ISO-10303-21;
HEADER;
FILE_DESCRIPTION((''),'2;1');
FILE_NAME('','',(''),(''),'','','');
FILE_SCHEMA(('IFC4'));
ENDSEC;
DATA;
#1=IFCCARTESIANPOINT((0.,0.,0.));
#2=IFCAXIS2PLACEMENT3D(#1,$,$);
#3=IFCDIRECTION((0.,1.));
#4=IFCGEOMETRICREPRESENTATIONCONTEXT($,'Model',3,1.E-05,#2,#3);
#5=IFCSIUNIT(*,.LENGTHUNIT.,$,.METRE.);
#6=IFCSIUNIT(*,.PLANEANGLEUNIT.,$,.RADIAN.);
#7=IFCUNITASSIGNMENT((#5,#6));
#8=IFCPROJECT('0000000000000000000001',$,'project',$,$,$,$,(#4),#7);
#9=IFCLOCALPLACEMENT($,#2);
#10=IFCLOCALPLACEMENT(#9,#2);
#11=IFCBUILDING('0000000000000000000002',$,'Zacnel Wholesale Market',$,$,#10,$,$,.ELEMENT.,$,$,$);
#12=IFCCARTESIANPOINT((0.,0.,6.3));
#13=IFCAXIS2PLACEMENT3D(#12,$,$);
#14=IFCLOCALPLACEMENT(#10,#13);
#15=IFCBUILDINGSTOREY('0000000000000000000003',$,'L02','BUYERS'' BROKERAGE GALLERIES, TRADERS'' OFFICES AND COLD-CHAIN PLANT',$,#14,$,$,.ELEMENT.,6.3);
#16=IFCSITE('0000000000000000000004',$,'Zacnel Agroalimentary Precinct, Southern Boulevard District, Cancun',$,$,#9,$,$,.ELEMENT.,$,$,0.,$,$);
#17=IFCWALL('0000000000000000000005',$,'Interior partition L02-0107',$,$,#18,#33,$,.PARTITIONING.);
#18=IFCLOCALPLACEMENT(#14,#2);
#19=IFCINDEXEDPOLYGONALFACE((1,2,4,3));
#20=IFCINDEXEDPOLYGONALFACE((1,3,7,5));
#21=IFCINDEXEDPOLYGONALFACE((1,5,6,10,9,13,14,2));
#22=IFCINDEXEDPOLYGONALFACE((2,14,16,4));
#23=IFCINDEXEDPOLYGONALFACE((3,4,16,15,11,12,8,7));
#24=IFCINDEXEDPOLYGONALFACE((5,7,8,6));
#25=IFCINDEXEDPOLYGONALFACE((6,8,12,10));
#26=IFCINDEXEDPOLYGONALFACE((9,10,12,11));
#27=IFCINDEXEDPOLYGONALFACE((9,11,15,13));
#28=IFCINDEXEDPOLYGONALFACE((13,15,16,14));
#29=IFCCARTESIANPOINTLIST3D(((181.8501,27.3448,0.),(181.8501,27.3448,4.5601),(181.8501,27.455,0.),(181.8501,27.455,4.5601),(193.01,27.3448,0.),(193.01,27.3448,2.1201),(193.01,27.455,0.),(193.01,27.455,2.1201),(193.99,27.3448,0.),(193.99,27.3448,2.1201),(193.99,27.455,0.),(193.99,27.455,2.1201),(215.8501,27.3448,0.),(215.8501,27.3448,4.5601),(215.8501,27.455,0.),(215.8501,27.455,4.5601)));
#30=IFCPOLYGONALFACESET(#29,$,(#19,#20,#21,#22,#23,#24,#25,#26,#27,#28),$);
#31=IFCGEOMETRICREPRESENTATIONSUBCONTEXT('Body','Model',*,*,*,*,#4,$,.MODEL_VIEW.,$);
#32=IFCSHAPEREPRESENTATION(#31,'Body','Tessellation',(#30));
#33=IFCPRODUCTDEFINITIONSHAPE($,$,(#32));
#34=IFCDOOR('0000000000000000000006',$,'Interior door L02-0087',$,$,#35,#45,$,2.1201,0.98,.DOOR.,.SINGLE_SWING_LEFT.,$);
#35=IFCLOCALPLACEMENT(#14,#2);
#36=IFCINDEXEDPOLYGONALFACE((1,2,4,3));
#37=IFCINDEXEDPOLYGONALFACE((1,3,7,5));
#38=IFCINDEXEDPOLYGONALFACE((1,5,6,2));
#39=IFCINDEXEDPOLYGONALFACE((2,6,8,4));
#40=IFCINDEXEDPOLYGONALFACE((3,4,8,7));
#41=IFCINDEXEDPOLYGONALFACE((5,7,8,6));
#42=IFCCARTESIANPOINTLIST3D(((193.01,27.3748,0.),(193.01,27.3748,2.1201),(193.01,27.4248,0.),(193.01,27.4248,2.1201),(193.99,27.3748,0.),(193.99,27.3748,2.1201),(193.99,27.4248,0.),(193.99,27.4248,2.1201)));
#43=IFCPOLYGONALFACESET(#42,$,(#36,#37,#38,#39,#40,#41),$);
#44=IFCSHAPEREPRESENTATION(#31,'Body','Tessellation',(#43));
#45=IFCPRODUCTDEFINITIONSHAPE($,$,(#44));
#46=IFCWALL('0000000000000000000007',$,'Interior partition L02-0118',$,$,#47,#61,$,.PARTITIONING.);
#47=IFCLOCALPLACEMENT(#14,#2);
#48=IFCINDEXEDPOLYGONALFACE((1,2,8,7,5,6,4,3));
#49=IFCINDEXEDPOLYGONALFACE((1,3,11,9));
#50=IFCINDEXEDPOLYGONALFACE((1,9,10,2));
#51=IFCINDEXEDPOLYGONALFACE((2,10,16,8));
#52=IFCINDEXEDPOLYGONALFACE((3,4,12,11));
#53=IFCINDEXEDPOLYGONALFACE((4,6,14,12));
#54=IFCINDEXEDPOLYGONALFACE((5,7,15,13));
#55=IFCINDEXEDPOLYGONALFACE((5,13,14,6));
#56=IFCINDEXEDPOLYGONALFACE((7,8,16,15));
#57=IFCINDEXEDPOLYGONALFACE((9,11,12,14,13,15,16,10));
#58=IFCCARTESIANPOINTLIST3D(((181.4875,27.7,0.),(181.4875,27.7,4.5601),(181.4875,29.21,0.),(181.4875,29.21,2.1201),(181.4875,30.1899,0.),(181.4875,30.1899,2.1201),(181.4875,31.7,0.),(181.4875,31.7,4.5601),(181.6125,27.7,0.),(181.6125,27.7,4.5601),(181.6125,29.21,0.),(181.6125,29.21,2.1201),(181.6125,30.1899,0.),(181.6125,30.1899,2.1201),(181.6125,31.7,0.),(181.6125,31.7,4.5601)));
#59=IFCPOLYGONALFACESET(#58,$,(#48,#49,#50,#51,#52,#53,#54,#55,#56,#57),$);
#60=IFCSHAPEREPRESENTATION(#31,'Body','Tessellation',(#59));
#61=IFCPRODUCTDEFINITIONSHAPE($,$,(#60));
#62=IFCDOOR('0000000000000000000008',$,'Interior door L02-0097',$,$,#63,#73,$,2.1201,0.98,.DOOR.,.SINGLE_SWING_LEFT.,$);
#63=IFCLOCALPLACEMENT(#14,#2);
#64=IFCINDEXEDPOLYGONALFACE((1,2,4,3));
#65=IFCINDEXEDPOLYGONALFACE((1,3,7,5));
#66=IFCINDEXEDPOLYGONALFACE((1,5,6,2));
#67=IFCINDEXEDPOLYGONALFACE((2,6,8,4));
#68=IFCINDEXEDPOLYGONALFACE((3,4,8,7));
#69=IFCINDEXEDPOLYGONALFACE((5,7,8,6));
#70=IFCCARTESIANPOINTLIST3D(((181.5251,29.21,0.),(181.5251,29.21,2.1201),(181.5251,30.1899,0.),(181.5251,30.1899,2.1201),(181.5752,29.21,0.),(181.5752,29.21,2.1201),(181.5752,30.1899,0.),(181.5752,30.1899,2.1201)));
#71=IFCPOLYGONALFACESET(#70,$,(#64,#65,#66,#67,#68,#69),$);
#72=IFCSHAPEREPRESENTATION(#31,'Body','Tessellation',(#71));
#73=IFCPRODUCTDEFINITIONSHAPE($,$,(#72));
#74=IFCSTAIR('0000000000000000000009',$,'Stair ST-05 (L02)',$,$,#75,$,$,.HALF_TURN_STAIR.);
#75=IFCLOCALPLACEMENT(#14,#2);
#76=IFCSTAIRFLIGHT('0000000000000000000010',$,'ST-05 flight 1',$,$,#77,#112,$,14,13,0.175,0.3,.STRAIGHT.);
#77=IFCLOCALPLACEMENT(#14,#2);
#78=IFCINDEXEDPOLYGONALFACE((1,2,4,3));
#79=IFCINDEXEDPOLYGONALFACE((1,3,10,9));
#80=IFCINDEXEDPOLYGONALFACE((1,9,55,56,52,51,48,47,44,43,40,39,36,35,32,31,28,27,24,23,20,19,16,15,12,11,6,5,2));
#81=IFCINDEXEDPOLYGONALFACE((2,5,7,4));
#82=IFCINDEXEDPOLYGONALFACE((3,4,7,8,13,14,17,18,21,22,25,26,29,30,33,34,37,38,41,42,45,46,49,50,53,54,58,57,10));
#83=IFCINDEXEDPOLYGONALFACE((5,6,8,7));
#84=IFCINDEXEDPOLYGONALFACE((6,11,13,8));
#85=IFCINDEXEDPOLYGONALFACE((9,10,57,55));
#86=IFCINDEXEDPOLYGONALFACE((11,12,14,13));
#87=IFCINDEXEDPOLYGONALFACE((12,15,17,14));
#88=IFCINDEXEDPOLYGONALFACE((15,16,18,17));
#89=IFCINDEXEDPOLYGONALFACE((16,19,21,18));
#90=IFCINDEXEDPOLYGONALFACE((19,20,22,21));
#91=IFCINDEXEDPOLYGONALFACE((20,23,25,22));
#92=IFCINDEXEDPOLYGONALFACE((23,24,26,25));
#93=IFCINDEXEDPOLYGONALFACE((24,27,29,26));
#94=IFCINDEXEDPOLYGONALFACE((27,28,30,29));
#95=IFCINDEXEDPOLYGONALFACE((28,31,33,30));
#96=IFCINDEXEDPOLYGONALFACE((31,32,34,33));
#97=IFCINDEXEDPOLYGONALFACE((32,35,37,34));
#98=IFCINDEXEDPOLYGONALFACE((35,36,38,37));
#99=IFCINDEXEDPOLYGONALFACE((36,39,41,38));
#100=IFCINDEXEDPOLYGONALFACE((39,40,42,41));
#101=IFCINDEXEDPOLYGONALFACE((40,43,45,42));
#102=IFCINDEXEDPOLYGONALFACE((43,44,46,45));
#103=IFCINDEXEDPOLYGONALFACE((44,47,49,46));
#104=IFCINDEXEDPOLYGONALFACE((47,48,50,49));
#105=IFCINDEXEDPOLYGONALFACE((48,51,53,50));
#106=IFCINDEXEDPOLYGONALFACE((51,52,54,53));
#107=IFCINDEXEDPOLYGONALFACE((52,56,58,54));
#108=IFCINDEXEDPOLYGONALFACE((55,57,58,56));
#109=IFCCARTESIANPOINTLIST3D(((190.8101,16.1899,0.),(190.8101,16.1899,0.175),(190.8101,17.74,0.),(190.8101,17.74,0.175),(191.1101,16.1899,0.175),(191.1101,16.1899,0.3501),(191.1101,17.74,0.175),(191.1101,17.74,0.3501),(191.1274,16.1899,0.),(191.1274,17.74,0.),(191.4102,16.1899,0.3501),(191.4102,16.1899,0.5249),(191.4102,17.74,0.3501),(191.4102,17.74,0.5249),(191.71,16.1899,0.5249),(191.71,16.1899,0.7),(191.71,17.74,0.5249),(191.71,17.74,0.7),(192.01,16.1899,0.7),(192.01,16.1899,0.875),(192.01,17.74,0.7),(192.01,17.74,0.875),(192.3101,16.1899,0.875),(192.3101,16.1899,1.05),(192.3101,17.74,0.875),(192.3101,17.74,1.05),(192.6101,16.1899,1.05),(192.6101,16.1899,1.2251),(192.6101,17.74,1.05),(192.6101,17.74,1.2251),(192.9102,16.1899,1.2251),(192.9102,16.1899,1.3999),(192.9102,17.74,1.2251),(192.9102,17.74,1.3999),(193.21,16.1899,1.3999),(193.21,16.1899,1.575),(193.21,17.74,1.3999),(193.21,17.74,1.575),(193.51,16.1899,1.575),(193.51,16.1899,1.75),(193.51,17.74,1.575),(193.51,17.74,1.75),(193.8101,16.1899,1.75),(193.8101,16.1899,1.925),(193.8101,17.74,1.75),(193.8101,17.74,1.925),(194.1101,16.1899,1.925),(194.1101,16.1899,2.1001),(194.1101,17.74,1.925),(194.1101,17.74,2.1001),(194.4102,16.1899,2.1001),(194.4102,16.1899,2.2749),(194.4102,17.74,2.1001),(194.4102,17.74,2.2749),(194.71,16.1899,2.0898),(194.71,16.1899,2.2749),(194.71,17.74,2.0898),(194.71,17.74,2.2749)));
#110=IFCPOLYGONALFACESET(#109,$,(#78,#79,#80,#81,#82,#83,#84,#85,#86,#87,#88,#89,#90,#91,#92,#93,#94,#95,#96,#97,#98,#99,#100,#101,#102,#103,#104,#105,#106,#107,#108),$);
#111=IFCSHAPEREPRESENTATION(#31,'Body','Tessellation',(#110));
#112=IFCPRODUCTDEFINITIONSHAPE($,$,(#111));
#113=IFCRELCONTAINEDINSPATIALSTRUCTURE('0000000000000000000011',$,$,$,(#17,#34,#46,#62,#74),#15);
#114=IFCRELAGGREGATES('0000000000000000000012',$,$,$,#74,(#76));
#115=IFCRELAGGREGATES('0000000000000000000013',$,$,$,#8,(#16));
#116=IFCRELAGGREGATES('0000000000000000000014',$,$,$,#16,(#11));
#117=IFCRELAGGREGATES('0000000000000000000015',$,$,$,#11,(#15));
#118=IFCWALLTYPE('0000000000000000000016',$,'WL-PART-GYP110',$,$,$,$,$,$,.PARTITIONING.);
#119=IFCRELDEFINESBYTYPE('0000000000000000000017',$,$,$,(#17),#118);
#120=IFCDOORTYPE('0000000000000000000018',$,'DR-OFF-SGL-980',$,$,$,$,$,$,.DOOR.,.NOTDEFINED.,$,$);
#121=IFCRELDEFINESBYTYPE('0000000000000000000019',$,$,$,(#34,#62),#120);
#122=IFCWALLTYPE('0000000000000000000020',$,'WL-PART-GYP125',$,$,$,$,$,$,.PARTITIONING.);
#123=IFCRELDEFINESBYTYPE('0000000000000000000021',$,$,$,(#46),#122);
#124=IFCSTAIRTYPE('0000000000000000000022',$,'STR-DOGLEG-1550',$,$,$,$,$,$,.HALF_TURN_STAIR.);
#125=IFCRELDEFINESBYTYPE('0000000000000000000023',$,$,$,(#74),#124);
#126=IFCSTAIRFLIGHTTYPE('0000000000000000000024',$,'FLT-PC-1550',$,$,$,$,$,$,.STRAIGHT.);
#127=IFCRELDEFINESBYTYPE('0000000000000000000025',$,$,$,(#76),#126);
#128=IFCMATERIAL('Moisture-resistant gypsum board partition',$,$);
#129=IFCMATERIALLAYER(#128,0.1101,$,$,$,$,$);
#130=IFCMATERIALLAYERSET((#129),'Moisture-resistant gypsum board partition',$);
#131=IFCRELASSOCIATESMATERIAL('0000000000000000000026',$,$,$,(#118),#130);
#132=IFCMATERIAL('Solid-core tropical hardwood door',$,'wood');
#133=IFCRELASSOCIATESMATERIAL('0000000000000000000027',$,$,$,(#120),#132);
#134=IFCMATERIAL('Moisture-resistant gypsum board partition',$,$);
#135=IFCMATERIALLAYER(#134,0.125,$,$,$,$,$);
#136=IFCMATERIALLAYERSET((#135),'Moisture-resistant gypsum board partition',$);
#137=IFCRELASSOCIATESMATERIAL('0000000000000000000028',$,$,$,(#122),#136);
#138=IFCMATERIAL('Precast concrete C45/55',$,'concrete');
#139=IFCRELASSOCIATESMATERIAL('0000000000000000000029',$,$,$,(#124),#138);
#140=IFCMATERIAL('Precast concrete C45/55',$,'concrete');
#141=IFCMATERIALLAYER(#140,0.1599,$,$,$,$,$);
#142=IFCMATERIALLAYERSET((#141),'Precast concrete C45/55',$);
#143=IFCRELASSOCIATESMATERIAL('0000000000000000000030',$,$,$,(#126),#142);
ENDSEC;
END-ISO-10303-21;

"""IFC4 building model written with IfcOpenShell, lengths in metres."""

from ifc_helpers import new_model, si_unit, direction, frame, frame_2d, origin, place, context, subcontext, project, spatial, polyline, rectangle, outline, extrude, material, layer, layer_set, type_object, element, fill, aggregate, save


model = new_model("IFC4")

# Units and contexts
model_context = context("Model", 3, precision=1e-05, world=origin(), true_north=direction((0.0, 1.0)))
body_context = subcontext(model_context, "Body", "Model", "MODEL_VIEW")
ifc_project = project(units=[si_unit("LENGTHUNIT", "METRE"), si_unit("PLANEANGLEUNIT", "RADIAN")], contexts=[model_context])

# Site, building, storey
site_placement = place(None, origin())
site = spatial("IfcSite", under=ifc_project, at=site_placement, Name="Zacnel Agroalimentary Precinct, Southern Boulevard District, Cancun", CompositionType="ELEMENT", RefElevation=0.0)
building_placement = place(site_placement, origin())
building = spatial("IfcBuilding", under=site, at=building_placement, Name="Zacnel Wholesale Market", CompositionType="ELEMENT")
storey_placement = place(building_placement, frame((0.0, 0.0, 6.3)))
storey = spatial("IfcBuildingStorey", under=building, at=storey_placement, Name="L02", Description="BUYERS' BROKERAGE GALLERIES, TRADERS' OFFICES AND COLD-CHAIN PLANT", CompositionType="ELEMENT", Elevation=6.3)

# Walls, openings, doors
ifc_material_1 = material(Name="Moisture-resistant gypsum board partition")
ifc_layer_1 = layer(ifc_material_1, 0.1101)
ifc_layer_set_1 = layer_set([ifc_layer_1], Name="Moisture-resistant gypsum board partition")
wall_type_1 = type_object("IfcWallType", Name="WL-PART-GYP110", PredefinedType="PARTITIONING", material=ifc_layer_set_1)
wall_1_placement = place(storey_placement, frame((181.8501, 27.3999, 0.0), z_axis=(0.0, 0.0, 1.0), x_axis=(1.0, 0.0, 0.0)))
wall_1 = element("IfcWall", 1, at=wall_1_placement, inside=storey, type_object=wall_type_1, Name="Interior partition L02-0107", PredefinedType="PARTITIONING", context=body_context, shape_type="SweptSolid", body=[
    extrude(rectangle(XDim=34.0, YDim=0.1101, at=frame_2d((17.0, 0.0))), origin(), (0.0, 0.0, 1.0), 4.5601),
])
opening_1_placement = place(wall_1_placement, frame((11.1599, 0.0, 0.0)))
opening_1 = element("IfcOpeningElement", 2, at=opening_1_placement, cuts=wall_1, PredefinedType="OPENING", context=body_context, shape_type="SweptSolid", body=[
    extrude(rectangle(XDim=0.98, YDim=2.1201, at=frame_2d((0.49, 1.0601))), frame((0.0, 0.0649, 0.0), z_axis=(0.0, -1.0, 0.0), x_axis=(1.0, 0.0, 0.0)), (0.0, 0.0, 1.0), 0.1301),
])
ifc_material_2 = material(Name="Solid-core tropical hardwood door", Category="wood")
door_type_1 = type_object("IfcDoorType", Name="DR-OFF-SGL-980", OperationType="NOTDEFINED", PredefinedType="DOOR", material=ifc_material_2)
door_1_placement = place(opening_1_placement, origin())
door_1 = element("IfcDoor", 3, at=door_1_placement, inside=storey, type_object=door_type_1, Name="Interior door L02-0087", OperationType="SINGLE_SWING_LEFT", OverallHeight=2.1201, OverallWidth=0.98, PredefinedType="DOOR", context=body_context, shape_type="SweptSolid", body=[
    extrude(rectangle(XDim=0.98, YDim=2.1201, at=frame_2d((0.49, 1.0601))), frame((0.0, 0.0249, 0.0), z_axis=(0.0, -1.0, 0.0), x_axis=(1.0, 0.0, 0.0)), (0.0, 0.0, 1.0), 0.05),
])
fill(opening_1, door_1)
ifc_material_3 = material(Name="Moisture-resistant gypsum board partition")
ifc_layer_2 = layer(ifc_material_3, 0.125)
ifc_layer_set_2 = layer_set([ifc_layer_2], Name="Moisture-resistant gypsum board partition")
wall_type_2 = type_object("IfcWallType", Name="WL-PART-GYP125", PredefinedType="PARTITIONING", material=ifc_layer_set_2)
wall_2_placement = place(storey_placement, frame((181.55, 27.7, 0.0), z_axis=(0.0, 0.0, 1.0), x_axis=(0.0, 1.0, 0.0)))
wall_2 = element("IfcWall", 4, at=wall_2_placement, inside=storey, type_object=wall_type_2, Name="Interior partition L02-0118", PredefinedType="PARTITIONING", context=body_context, shape_type="SweptSolid", body=[
    extrude(rectangle(XDim=4.0, YDim=0.125, at=frame_2d((2.0, 0.0))), origin(), (0.0, 0.0, 1.0), 4.5601),
])
opening_2_placement = place(wall_2_placement, frame((1.51, 0.0, 0.0)))
opening_2 = element("IfcOpeningElement", 5, at=opening_2_placement, cuts=wall_2, PredefinedType="OPENING", context=body_context, shape_type="SweptSolid", body=[
    extrude(rectangle(XDim=0.98, YDim=2.1201, at=frame_2d((0.49, 1.0601))), frame((0.0, 0.0725, 0.0), z_axis=(0.0, -1.0, 0.0), x_axis=(1.0, 0.0, 0.0)), (0.0, 0.0, 1.0), 0.145),
])
door_2_placement = place(opening_2_placement, origin())
door_2 = element("IfcDoor", 6, at=door_2_placement, inside=storey, type_object=door_type_1, Name="Interior door L02-0097", OperationType="SINGLE_SWING_LEFT", OverallHeight=2.1201, OverallWidth=0.98, PredefinedType="DOOR", context=body_context, shape_type="SweptSolid", body=[
    extrude(rectangle(XDim=0.98, YDim=2.1201, at=frame_2d((0.49, 1.0601))), frame((0.0, 0.0249, 0.0), z_axis=(0.0, -1.0, 0.0), x_axis=(1.0, 0.0, 0.0)), (0.0, 0.0, 1.0), 0.05),
])
fill(opening_2, door_2)

# Stair, stair flight
ifc_material_4 = material(Name="Precast concrete C45/55", Category="concrete")
stair_type = type_object("IfcStairType", Name="STR-DOGLEG-1550", PredefinedType="HALF_TURN_STAIR", material=ifc_material_4)
stair_placement = place(storey_placement, origin())
stair = element("IfcStair", 7, at=stair_placement, inside=storey, type_object=stair_type, Name="Stair ST-05 (L02)", PredefinedType="HALF_TURN_STAIR")
ifc_material_5 = material(Name="Precast concrete C45/55", Category="concrete")
ifc_layer_3 = layer(ifc_material_5, 0.1599)
ifc_layer_set_3 = layer_set([ifc_layer_3], Name="Precast concrete C45/55")
stair_flight_type = type_object("IfcStairFlightType", Name="FLT-PC-1550", PredefinedType="STRAIGHT", material=ifc_layer_set_3)
stair_flight_placement = place(storey_placement, frame((190.8101, 16.9651, 0.0), z_axis=(0.0, 0.0, 1.0), x_axis=(1.0, 0.0, 0.0)))
stair_flight = element("IfcStairFlight", 8, at=stair_flight_placement, type_object=stair_flight_type, Name="ST-05 flight 1", NumberOfRisers=14, NumberOfTreads=13, PredefinedType="STRAIGHT", RiserHeight=0.175, TreadLength=0.3, context=body_context, shape_type="SweptSolid", body=[
    extrude(outline(polyline([(0.0, 0.0), (0.0, 0.175), (0.3, 0.175), (0.3, 0.3501), (0.6001, 0.3501), (0.6001, 0.5249), (0.8999, 0.5249), (0.8999, 0.7), (1.2, 0.7), (1.2, 0.875), (1.5, 0.875), (1.5, 1.05), (1.8, 1.05), (1.8, 1.2251), (2.1001, 1.2251), (2.1001, 1.3999), (2.3999, 1.3999), (2.3999, 1.575), (2.7, 1.575), (2.7, 1.75), (3.0, 1.75), (3.0, 1.925), (3.3, 1.925), (3.3, 2.1001), (3.6001, 2.1001), (3.6001, 2.2749), (3.8999, 2.2749), (3.8999, 2.45), (3.8999, 2.0898), (0.3174, 0.0), (0.0, 0.0)])), frame((0.0, 0.7749, 0.0), z_axis=(0.0, -1.0, 0.0), x_axis=(1.0, 0.0, 0.0)), (0.0, 0.0, 1.0), 1.55),
])
aggregate(stair, [stair_flight])

save(model, "model.ifc")
